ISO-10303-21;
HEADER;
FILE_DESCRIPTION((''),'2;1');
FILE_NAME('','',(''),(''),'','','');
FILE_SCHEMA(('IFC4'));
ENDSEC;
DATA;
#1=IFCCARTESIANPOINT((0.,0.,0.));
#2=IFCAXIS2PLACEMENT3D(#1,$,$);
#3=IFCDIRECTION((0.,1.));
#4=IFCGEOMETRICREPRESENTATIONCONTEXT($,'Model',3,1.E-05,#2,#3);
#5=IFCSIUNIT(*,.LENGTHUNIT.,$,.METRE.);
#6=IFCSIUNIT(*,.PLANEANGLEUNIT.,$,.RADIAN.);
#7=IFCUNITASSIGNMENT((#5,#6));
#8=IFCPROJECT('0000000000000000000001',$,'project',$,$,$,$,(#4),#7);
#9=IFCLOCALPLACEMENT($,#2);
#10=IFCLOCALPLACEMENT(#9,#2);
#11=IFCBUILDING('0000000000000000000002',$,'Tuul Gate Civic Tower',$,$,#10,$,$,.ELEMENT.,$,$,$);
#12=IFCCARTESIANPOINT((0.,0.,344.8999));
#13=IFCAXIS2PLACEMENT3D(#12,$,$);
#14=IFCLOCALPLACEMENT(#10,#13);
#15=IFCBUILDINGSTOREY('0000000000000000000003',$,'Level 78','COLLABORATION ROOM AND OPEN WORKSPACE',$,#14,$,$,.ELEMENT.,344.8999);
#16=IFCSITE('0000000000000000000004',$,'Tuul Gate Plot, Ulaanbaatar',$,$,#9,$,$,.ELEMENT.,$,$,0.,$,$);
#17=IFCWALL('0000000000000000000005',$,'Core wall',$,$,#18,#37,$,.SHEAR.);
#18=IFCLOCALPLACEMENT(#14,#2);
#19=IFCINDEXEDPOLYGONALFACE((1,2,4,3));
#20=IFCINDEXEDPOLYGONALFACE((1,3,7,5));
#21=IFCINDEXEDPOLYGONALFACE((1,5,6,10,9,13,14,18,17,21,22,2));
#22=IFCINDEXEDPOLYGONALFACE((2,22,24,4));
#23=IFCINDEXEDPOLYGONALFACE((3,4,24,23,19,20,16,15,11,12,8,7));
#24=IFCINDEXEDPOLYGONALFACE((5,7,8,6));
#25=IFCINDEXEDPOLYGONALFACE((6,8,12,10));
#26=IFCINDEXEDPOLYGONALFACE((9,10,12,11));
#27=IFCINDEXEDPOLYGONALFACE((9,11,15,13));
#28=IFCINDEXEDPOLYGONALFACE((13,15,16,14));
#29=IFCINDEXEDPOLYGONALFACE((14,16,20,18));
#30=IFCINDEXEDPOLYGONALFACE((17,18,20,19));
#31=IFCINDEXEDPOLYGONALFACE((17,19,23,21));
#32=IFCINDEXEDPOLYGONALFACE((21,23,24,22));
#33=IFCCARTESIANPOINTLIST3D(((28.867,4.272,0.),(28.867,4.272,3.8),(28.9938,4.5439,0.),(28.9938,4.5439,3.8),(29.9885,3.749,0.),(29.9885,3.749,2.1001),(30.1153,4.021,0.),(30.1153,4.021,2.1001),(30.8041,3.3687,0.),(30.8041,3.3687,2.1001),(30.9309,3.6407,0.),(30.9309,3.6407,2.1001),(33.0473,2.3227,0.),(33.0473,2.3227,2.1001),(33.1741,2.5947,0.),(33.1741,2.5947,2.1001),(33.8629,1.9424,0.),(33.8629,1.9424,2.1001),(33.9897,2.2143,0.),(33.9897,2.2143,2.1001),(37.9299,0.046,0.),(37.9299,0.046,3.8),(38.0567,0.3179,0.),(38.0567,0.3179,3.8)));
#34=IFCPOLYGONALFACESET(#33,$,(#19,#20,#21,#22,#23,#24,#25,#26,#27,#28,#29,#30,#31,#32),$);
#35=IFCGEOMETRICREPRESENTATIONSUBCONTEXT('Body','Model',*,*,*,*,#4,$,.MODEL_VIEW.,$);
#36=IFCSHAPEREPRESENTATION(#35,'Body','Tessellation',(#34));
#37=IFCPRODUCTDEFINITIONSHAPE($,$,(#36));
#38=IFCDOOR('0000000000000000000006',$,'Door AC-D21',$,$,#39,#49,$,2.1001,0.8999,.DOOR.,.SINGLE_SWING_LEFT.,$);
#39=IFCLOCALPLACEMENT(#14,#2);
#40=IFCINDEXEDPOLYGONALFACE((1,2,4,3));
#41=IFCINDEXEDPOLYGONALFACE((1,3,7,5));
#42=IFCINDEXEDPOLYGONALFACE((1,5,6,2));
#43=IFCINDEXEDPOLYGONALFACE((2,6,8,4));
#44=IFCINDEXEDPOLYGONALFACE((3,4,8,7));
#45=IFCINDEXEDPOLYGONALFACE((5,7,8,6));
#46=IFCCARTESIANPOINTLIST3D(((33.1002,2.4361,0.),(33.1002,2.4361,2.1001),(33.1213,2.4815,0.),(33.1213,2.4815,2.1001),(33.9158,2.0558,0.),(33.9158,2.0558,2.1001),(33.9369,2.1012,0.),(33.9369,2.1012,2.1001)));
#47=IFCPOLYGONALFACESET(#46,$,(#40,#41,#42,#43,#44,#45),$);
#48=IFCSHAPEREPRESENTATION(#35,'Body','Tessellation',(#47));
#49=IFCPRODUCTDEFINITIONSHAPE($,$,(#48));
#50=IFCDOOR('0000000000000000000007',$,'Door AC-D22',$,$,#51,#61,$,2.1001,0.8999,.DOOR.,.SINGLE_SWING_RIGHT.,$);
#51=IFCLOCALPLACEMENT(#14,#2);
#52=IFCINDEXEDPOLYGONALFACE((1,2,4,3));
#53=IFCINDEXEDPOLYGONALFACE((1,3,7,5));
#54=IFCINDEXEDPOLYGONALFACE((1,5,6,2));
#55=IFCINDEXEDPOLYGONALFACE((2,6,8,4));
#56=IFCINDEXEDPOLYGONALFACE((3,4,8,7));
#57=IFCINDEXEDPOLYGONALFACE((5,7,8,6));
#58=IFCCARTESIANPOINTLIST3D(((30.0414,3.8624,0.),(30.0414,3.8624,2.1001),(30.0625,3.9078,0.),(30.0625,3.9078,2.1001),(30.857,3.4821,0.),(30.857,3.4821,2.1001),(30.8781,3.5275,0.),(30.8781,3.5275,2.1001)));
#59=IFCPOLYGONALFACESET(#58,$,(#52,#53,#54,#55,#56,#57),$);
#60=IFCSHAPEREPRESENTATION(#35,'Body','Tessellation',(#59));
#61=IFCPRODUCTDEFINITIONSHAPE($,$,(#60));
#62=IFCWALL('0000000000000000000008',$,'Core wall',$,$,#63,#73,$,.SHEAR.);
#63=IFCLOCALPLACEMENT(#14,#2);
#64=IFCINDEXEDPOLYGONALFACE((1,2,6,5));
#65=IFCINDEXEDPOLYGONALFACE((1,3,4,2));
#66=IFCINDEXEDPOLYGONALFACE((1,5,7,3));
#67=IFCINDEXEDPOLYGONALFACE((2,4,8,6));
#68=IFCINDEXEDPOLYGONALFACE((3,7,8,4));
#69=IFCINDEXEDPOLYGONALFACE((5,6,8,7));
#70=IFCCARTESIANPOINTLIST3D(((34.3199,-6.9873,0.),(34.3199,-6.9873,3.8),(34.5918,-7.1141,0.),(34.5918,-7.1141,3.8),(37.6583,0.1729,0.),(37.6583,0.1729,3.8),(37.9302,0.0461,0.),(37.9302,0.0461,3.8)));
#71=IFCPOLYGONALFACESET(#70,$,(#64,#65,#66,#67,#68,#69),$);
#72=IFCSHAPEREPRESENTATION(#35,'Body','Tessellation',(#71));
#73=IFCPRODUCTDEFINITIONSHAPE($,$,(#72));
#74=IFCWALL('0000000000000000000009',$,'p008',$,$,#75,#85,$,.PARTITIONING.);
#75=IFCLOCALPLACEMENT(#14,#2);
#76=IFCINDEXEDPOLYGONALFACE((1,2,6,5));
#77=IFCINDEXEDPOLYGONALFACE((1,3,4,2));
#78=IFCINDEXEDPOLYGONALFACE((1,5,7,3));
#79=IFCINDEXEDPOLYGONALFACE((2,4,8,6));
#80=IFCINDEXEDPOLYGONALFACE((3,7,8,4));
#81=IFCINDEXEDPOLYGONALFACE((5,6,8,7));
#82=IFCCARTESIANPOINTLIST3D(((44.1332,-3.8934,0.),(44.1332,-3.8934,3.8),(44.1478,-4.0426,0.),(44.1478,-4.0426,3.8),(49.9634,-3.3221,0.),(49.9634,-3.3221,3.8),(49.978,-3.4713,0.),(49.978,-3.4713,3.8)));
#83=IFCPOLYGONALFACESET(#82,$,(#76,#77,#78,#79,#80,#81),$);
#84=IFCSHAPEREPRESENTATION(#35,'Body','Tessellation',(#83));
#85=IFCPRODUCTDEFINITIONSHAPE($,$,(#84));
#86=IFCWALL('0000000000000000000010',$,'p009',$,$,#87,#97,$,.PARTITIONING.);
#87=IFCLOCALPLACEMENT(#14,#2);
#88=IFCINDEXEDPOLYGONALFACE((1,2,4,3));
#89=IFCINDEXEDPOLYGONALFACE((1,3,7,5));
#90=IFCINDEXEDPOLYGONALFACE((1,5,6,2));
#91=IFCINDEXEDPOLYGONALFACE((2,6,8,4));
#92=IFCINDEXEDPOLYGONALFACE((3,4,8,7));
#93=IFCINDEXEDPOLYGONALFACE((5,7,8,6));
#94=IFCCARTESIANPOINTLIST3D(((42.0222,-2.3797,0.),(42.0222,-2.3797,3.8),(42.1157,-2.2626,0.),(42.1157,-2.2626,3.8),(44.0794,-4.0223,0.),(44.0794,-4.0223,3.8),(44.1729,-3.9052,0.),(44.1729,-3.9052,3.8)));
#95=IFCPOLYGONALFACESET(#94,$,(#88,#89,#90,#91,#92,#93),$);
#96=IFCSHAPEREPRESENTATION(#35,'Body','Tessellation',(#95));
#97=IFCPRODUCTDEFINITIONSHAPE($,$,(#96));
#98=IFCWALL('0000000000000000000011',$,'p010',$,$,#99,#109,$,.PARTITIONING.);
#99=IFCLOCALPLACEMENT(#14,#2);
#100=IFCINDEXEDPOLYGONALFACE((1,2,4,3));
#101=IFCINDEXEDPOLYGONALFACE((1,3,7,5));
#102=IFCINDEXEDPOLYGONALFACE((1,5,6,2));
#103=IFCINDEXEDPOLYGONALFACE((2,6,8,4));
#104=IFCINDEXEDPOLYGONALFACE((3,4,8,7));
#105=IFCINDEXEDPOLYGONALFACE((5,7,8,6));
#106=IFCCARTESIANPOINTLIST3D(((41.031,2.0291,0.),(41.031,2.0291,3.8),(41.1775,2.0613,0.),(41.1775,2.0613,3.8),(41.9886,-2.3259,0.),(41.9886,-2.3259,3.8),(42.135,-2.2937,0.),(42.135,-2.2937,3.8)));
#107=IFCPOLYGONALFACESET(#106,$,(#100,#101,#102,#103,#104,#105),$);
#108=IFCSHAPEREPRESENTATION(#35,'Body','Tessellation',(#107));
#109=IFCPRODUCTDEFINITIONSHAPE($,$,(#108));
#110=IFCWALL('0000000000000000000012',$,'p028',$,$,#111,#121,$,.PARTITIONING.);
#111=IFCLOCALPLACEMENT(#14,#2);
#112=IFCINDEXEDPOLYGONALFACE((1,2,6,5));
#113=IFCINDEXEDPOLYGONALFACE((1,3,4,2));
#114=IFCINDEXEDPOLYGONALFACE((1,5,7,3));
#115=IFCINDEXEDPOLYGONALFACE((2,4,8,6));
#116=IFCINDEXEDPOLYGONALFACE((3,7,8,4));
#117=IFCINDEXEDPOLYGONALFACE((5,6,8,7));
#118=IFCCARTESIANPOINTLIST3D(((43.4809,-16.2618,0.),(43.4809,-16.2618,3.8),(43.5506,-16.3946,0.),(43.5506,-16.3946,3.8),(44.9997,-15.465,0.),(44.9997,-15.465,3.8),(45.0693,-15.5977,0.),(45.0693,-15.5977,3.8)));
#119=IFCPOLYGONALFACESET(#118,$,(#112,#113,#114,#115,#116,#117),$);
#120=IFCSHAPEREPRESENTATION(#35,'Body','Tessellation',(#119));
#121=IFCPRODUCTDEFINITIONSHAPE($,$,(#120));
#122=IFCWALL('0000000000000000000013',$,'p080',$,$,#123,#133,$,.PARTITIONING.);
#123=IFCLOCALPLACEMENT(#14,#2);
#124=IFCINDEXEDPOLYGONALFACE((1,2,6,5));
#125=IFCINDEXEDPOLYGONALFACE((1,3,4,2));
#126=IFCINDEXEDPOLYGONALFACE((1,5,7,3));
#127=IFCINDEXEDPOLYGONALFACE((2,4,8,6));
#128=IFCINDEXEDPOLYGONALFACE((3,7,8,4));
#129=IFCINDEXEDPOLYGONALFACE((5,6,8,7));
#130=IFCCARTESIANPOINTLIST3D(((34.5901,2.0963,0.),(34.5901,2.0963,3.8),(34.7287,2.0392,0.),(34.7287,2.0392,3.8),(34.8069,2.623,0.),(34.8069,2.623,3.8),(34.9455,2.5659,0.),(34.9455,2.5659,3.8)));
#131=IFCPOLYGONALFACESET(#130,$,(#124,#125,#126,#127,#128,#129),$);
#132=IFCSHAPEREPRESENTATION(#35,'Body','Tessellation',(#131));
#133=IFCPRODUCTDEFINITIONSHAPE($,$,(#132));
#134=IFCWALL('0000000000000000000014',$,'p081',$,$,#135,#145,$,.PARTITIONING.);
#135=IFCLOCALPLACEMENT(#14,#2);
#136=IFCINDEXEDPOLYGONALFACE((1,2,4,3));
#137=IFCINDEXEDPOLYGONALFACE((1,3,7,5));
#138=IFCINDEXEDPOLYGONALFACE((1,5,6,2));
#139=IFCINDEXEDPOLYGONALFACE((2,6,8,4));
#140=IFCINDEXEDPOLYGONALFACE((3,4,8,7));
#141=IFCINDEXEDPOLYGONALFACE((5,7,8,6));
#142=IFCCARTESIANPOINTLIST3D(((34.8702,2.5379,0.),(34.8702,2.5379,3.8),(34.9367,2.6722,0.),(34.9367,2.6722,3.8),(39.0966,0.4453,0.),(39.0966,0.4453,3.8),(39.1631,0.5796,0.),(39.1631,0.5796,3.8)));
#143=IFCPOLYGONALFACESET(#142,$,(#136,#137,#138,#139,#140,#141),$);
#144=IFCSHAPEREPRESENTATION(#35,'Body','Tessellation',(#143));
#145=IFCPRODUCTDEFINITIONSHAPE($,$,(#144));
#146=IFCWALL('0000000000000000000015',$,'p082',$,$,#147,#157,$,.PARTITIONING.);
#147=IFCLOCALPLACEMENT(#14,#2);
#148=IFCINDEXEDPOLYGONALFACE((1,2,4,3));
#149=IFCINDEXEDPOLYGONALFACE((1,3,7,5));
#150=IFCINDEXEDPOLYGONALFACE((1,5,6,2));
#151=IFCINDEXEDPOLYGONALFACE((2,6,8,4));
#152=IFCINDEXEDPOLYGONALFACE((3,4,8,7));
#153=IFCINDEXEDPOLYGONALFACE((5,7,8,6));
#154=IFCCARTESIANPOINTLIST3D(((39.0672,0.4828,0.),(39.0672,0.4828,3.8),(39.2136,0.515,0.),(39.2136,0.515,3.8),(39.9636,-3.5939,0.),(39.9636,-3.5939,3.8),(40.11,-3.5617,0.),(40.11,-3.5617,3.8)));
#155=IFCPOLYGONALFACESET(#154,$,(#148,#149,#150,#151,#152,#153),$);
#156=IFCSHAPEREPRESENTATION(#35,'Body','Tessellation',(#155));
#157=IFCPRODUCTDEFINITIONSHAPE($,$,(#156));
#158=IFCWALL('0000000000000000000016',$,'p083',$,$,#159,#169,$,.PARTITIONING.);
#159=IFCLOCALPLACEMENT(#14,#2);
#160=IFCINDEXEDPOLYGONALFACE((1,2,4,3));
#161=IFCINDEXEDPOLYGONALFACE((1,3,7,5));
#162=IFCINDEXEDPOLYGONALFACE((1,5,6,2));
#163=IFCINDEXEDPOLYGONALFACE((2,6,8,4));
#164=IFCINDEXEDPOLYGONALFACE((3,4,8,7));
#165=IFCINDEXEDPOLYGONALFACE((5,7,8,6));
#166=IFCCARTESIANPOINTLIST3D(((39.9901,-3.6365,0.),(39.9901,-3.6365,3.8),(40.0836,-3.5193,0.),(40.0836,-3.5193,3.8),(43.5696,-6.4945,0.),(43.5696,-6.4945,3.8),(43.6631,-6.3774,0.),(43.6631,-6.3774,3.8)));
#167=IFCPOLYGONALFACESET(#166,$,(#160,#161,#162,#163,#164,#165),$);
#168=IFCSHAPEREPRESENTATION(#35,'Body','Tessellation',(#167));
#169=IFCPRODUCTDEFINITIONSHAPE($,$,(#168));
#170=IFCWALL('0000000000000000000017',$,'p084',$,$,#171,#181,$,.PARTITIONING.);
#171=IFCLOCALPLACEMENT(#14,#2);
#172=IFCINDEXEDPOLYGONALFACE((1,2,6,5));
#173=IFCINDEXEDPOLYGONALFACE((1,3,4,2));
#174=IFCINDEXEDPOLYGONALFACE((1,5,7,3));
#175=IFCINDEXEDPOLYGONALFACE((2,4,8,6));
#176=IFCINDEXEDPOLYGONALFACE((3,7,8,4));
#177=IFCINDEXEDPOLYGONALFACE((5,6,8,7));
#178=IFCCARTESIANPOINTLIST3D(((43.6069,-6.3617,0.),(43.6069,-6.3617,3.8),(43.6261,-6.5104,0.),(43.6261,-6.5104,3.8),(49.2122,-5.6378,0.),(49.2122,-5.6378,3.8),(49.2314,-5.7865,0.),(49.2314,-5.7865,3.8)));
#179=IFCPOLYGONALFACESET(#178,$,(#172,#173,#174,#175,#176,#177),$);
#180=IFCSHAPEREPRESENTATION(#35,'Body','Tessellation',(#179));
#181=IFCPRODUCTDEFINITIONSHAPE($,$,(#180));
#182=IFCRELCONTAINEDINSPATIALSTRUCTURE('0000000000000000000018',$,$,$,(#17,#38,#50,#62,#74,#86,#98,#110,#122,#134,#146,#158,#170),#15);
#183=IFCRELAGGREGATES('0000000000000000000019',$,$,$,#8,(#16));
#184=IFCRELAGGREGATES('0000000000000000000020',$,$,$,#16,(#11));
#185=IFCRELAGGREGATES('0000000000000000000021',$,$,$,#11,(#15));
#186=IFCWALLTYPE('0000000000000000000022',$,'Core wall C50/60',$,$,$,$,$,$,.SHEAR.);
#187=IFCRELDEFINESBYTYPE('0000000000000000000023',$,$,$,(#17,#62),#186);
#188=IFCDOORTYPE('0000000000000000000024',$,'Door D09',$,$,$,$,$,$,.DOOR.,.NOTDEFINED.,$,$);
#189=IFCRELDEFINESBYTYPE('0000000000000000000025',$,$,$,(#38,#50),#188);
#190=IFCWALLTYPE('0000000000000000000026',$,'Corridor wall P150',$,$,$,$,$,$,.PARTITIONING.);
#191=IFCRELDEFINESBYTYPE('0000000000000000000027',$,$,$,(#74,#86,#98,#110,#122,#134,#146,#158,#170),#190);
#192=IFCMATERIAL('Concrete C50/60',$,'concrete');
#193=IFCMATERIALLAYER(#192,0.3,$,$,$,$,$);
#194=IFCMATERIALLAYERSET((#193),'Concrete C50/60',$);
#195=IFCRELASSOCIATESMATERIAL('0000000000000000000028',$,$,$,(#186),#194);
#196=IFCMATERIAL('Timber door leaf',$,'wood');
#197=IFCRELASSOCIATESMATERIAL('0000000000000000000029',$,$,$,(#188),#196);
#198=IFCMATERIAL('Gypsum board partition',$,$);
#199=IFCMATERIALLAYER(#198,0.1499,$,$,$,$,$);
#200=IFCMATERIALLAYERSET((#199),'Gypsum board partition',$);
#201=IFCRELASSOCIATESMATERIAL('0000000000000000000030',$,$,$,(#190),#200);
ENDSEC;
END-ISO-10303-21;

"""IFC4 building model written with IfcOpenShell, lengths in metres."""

from ifc_helpers import new_model, si_unit, direction, frame, frame_2d, origin, place, context, subcontext, project, spatial, rectangle, extrude, material, layer, layer_set, type_object, element, fill, save


model = new_model("IFC4")

# Units and contexts
model_context = context("Model", 3, precision=1e-05, world=origin(), true_north=direction((0.0, 1.0)))
body_context = subcontext(model_context, "Body", "Model", "MODEL_VIEW")
ifc_project = project(units=[si_unit("LENGTHUNIT", "METRE"), si_unit("PLANEANGLEUNIT", "RADIAN")], contexts=[model_context])

# Site, building, storey
site_placement = place(None, origin())
site = spatial("IfcSite", under=ifc_project, at=site_placement, Name="Tuul Gate Plot, Ulaanbaatar", CompositionType="ELEMENT", RefElevation=0.0)
building_placement = place(site_placement, origin())
building = spatial("IfcBuilding", under=site, at=building_placement, Name="Tuul Gate Civic Tower", CompositionType="ELEMENT")
storey_placement = place(building_placement, frame((0.0, 0.0, 344.8999)))
storey = spatial("IfcBuildingStorey", under=building, at=storey_placement, Name="Level 78", Description="COLLABORATION ROOM AND OPEN WORKSPACE", CompositionType="ELEMENT", Elevation=344.8999)

# Shared definitions
ifc_material_1 = material(Name="Concrete C50/60", Category="concrete")
ifc_layer_1 = layer(ifc_material_1, 0.3)
ifc_layer_set_1 = layer_set([ifc_layer_1], Name="Concrete C50/60")
wall_type_1 = type_object("IfcWallType", Name="Core wall C50/60", PredefinedType="SHEAR", material=ifc_layer_set_1)

# Wall, openings, doors
wall_1_placement = place(storey_placement, frame((37.9934, 0.1819, 0.0), z_axis=(0.0, 0.0, 1.0), x_axis=(-0.90631, 0.422613, 0.0)))
wall_1 = element("IfcWall", 1, at=wall_1_placement, inside=storey, type_object=wall_type_1, Name="Core wall", PredefinedType="SHEAR", context=body_context, shape_type="SweptSolid", body=[
    extrude(rectangle(XDim=9.9998, YDim=0.3, at=frame_2d((5.0, 0.0))), origin(), (0.0, 0.0, 1.0), 3.8),
])
opening_1_placement = place(wall_1_placement, frame((4.4875, 0.0, 0.0)))
opening_1 = element("IfcOpeningElement", 2, at=opening_1_placement, cuts=wall_1, PredefinedType="OPENING", context=body_context, shape_type="SweptSolid", body=[
    extrude(rectangle(XDim=0.8999, YDim=2.1001, at=frame_2d((0.45, 1.05))), frame((0.0, 0.1602, 0.0), z_axis=(0.0, -1.0, 0.0), x_axis=(1.0, 0.0, 0.0)), (0.0, 0.0, 1.0), 0.3201),
])
opening_2_placement = place(wall_1_placement, frame((7.8625, 0.0, 0.0)))
opening_2 = element("IfcOpeningElement", 3, at=opening_2_placement, cuts=wall_1, PredefinedType="OPENING", context=body_context, shape_type="SweptSolid", body=[
    extrude(rectangle(XDim=0.8999, YDim=2.1001, at=frame_2d((0.45, 1.05))), frame((0.0, 0.1602, 0.0), z_axis=(0.0, -1.0, 0.0), x_axis=(1.0, 0.0, 0.0)), (0.0, 0.0, 1.0), 0.3201),
])
ifc_material_2 = material(Name="Timber door leaf", Category="wood")
door_type_1 = type_object("IfcDoorType", Name="Door D09", OperationType="NOTDEFINED", PredefinedType="DOOR", material=ifc_material_2)
door_1_placement = place(opening_1_placement, origin())
door_1 = element("IfcDoor", 4, at=door_1_placement, inside=storey, type_object=door_type_1, Name="Door AC-D21", OperationType="SINGLE_SWING_LEFT", OverallHeight=2.1001, OverallWidth=0.8999, PredefinedType="DOOR", context=body_context, shape_type="SweptSolid", body=[
    extrude(rectangle(XDim=0.8999, YDim=2.1001, at=frame_2d((0.45, 1.05))), frame((0.0, 0.0249, 0.0), z_axis=(0.0, -1.0, 0.0), x_axis=(1.0, 0.0, 0.0)), (0.0, 0.0, 1.0), 0.05),
])
fill(opening_1, door_1)
door_2_placement = place(opening_2_placement, origin())
door_2 = element("IfcDoor", 5, at=door_2_placement, inside=storey, type_object=door_type_1, Name="Door AC-D22", OperationType="SINGLE_SWING_RIGHT", OverallHeight=2.1001, OverallWidth=0.8999, PredefinedType="DOOR", context=body_context, shape_type="SweptSolid", body=[
    extrude(rectangle(XDim=0.8999, YDim=2.1001, at=frame_2d((0.45, 1.05))), frame((0.0, 0.0249, 0.0), z_axis=(0.0, -1.0, 0.0), x_axis=(1.0, 0.0, 0.0)), (0.0, 0.0, 1.0), 0.05),
])
fill(opening_2, door_2)

# Walls
wall_2_placement = place(storey_placement, frame((34.4558, -7.0508, 0.0), z_axis=(0.0, 0.0, 1.0), x_axis=(0.422571, 0.90633, 0.0)))
element("IfcWall", 6, at=wall_2_placement, inside=storey, type_object=wall_type_1, Name="Core wall", PredefinedType="SHEAR", context=body_context, shape_type="SweptSolid", body=[
    extrude(rectangle(XDim=7.9001, YDim=0.3, at=frame_2d((3.9502, 0.0))), origin(), (0.0, 0.0, 1.0), 3.8),
])
ifc_material_3 = material(Name="Gypsum board partition")
ifc_layer_2 = layer(ifc_material_3, 0.1499)
ifc_layer_set_2 = layer_set([ifc_layer_2], Name="Gypsum board partition")
wall_type_2 = type_object("IfcWallType", Name="Corridor wall P150", PredefinedType="PARTITIONING", material=ifc_layer_set_2)
wall_3_placement = place(storey_placement, frame((44.1404, -3.968, 0.0), z_axis=(0.0, 0.0, 1.0), x_axis=(0.995234, 0.097519, 0.0)))
element("IfcWall", 7, at=wall_3_placement, inside=storey, type_object=wall_type_2, Name="p008", PredefinedType="PARTITIONING", context=body_context, shape_type="SweptSolid", body=[
    extrude(rectangle(XDim=5.8582, YDim=0.1499, at=frame_2d((2.9292, 0.0))), origin(), (0.0, 0.0, 1.0), 3.8),
])
wall_4_placement = place(storey_placement, frame((42.0688, -2.321, 0.0), z_axis=(0.0, 0.0, 1.0), x_axis=(0.781448, -0.623971, 0.0)))
element("IfcWall", 8, at=wall_4_placement, inside=storey, type_object=wall_type_2, Name="p009", PredefinedType="PARTITIONING", context=body_context, shape_type="SweptSolid", body=[
    extrude(rectangle(XDim=2.6326, YDim=0.1499, at=frame_2d((1.3164, 0.0))), origin(), (0.0, 0.0, 1.0), 3.8),
])
wall_5_placement = place(storey_placement, frame((41.1042, 2.0452, 0.0), z_axis=(0.0, 0.0, 1.0), x_axis=(0.214739, -0.976672, 0.0)))
element("IfcWall", 9, at=wall_5_placement, inside=storey, type_object=wall_type_2, Name="p010", PredefinedType="PARTITIONING", context=body_context, shape_type="SweptSolid", body=[
    extrude(rectangle(XDim=4.459, YDim=0.1499, at=frame_2d((2.2295, 0.0))), origin(), (0.0, 0.0, 1.0), 3.8),
])
wall_6_placement = place(storey_placement, frame((43.5159, -16.3281, 0.0), z_axis=(0.0, 0.0, 1.0), x_axis=(0.885517, 0.464608, 0.0)))
element("IfcWall", 10, at=wall_6_placement, inside=storey, type_object=wall_type_2, Name="p028", PredefinedType="PARTITIONING", context=body_context, shape_type="SweptSolid", body=[
    extrude(rectangle(XDim=1.7151, YDim=0.1499, at=frame_2d((0.8574, 0.0))), origin(), (0.0, 0.0, 1.0), 3.8),
])
wall_7_placement = place(storey_placement, frame((34.6594, 2.0679, 0.0), z_axis=(0.0, 0.0, 1.0), x_axis=(0.380685, 0.924705, 0.0)))
element("IfcWall", 11, at=wall_7_placement, inside=storey, type_object=wall_type_2, Name="p080", PredefinedType="PARTITIONING", context=body_context, shape_type="SweptSolid", body=[
    extrude(rectangle(XDim=0.5696, YDim=0.1499, at=frame_2d((0.2847, 0.0))), origin(), (0.0, 0.0, 1.0), 3.8),
])
wall_8_placement = place(storey_placement, frame((34.9036, 2.605, 0.0), z_axis=(0.0, 0.0, 1.0), x_axis=(0.89617, -0.443711, 0.0)))
element("IfcWall", 12, at=wall_8_placement, inside=storey, type_object=wall_type_2, Name="p081", PredefinedType="PARTITIONING", context=body_context, shape_type="SweptSolid", body=[
    extrude(rectangle(XDim=4.7161, YDim=0.1499, at=frame_2d((2.3579, 0.0))), origin(), (0.0, 0.0, 1.0), 3.8),
])
wall_9_placement = place(storey_placement, frame((39.1404, 0.4988, 0.0), z_axis=(0.0, 0.0, 1.0), x_axis=(0.214775, -0.976664, 0.0)))
element("IfcWall", 13, at=wall_9_placement, inside=storey, type_object=wall_type_2, Name="p082", PredefinedType="PARTITIONING", context=body_context, shape_type="SweptSolid", body=[
    extrude(rectangle(XDim=4.1741, YDim=0.1499, at=frame_2d((2.0869, 0.0))), origin(), (0.0, 0.0, 1.0), 3.8),
])
wall_10_placement = place(storey_placement, frame((40.0369, -3.5779, 0.0), z_axis=(0.0, 0.0, 1.0), x_axis=(0.781456, -0.62396, 0.0)))
element("IfcWall", 14, at=wall_10_placement, inside=storey, type_object=wall_type_2, Name="p083", PredefinedType="PARTITIONING", context=body_context, shape_type="SweptSolid", body=[
    extrude(rectangle(XDim=4.5806, YDim=0.1499, at=frame_2d((2.2903, 0.0))), origin(), (0.0, 0.0, 1.0), 3.8),
])
wall_11_placement = place(storey_placement, frame((43.6165, -6.436, 0.0), z_axis=(0.0, 0.0, 1.0), x_axis=(0.991764, 0.12808, 0.0)))
element("IfcWall", 15, at=wall_11_placement, inside=storey, type_object=wall_type_2, Name="p084", PredefinedType="PARTITIONING", context=body_context, shape_type="SweptSolid", body=[
    extrude(rectangle(XDim=5.6519, YDim=0.1499, at=frame_2d((2.8259, 0.0))), origin(), (0.0, 0.0, 1.0), 3.8),
])

save(model, "model.ifc")
